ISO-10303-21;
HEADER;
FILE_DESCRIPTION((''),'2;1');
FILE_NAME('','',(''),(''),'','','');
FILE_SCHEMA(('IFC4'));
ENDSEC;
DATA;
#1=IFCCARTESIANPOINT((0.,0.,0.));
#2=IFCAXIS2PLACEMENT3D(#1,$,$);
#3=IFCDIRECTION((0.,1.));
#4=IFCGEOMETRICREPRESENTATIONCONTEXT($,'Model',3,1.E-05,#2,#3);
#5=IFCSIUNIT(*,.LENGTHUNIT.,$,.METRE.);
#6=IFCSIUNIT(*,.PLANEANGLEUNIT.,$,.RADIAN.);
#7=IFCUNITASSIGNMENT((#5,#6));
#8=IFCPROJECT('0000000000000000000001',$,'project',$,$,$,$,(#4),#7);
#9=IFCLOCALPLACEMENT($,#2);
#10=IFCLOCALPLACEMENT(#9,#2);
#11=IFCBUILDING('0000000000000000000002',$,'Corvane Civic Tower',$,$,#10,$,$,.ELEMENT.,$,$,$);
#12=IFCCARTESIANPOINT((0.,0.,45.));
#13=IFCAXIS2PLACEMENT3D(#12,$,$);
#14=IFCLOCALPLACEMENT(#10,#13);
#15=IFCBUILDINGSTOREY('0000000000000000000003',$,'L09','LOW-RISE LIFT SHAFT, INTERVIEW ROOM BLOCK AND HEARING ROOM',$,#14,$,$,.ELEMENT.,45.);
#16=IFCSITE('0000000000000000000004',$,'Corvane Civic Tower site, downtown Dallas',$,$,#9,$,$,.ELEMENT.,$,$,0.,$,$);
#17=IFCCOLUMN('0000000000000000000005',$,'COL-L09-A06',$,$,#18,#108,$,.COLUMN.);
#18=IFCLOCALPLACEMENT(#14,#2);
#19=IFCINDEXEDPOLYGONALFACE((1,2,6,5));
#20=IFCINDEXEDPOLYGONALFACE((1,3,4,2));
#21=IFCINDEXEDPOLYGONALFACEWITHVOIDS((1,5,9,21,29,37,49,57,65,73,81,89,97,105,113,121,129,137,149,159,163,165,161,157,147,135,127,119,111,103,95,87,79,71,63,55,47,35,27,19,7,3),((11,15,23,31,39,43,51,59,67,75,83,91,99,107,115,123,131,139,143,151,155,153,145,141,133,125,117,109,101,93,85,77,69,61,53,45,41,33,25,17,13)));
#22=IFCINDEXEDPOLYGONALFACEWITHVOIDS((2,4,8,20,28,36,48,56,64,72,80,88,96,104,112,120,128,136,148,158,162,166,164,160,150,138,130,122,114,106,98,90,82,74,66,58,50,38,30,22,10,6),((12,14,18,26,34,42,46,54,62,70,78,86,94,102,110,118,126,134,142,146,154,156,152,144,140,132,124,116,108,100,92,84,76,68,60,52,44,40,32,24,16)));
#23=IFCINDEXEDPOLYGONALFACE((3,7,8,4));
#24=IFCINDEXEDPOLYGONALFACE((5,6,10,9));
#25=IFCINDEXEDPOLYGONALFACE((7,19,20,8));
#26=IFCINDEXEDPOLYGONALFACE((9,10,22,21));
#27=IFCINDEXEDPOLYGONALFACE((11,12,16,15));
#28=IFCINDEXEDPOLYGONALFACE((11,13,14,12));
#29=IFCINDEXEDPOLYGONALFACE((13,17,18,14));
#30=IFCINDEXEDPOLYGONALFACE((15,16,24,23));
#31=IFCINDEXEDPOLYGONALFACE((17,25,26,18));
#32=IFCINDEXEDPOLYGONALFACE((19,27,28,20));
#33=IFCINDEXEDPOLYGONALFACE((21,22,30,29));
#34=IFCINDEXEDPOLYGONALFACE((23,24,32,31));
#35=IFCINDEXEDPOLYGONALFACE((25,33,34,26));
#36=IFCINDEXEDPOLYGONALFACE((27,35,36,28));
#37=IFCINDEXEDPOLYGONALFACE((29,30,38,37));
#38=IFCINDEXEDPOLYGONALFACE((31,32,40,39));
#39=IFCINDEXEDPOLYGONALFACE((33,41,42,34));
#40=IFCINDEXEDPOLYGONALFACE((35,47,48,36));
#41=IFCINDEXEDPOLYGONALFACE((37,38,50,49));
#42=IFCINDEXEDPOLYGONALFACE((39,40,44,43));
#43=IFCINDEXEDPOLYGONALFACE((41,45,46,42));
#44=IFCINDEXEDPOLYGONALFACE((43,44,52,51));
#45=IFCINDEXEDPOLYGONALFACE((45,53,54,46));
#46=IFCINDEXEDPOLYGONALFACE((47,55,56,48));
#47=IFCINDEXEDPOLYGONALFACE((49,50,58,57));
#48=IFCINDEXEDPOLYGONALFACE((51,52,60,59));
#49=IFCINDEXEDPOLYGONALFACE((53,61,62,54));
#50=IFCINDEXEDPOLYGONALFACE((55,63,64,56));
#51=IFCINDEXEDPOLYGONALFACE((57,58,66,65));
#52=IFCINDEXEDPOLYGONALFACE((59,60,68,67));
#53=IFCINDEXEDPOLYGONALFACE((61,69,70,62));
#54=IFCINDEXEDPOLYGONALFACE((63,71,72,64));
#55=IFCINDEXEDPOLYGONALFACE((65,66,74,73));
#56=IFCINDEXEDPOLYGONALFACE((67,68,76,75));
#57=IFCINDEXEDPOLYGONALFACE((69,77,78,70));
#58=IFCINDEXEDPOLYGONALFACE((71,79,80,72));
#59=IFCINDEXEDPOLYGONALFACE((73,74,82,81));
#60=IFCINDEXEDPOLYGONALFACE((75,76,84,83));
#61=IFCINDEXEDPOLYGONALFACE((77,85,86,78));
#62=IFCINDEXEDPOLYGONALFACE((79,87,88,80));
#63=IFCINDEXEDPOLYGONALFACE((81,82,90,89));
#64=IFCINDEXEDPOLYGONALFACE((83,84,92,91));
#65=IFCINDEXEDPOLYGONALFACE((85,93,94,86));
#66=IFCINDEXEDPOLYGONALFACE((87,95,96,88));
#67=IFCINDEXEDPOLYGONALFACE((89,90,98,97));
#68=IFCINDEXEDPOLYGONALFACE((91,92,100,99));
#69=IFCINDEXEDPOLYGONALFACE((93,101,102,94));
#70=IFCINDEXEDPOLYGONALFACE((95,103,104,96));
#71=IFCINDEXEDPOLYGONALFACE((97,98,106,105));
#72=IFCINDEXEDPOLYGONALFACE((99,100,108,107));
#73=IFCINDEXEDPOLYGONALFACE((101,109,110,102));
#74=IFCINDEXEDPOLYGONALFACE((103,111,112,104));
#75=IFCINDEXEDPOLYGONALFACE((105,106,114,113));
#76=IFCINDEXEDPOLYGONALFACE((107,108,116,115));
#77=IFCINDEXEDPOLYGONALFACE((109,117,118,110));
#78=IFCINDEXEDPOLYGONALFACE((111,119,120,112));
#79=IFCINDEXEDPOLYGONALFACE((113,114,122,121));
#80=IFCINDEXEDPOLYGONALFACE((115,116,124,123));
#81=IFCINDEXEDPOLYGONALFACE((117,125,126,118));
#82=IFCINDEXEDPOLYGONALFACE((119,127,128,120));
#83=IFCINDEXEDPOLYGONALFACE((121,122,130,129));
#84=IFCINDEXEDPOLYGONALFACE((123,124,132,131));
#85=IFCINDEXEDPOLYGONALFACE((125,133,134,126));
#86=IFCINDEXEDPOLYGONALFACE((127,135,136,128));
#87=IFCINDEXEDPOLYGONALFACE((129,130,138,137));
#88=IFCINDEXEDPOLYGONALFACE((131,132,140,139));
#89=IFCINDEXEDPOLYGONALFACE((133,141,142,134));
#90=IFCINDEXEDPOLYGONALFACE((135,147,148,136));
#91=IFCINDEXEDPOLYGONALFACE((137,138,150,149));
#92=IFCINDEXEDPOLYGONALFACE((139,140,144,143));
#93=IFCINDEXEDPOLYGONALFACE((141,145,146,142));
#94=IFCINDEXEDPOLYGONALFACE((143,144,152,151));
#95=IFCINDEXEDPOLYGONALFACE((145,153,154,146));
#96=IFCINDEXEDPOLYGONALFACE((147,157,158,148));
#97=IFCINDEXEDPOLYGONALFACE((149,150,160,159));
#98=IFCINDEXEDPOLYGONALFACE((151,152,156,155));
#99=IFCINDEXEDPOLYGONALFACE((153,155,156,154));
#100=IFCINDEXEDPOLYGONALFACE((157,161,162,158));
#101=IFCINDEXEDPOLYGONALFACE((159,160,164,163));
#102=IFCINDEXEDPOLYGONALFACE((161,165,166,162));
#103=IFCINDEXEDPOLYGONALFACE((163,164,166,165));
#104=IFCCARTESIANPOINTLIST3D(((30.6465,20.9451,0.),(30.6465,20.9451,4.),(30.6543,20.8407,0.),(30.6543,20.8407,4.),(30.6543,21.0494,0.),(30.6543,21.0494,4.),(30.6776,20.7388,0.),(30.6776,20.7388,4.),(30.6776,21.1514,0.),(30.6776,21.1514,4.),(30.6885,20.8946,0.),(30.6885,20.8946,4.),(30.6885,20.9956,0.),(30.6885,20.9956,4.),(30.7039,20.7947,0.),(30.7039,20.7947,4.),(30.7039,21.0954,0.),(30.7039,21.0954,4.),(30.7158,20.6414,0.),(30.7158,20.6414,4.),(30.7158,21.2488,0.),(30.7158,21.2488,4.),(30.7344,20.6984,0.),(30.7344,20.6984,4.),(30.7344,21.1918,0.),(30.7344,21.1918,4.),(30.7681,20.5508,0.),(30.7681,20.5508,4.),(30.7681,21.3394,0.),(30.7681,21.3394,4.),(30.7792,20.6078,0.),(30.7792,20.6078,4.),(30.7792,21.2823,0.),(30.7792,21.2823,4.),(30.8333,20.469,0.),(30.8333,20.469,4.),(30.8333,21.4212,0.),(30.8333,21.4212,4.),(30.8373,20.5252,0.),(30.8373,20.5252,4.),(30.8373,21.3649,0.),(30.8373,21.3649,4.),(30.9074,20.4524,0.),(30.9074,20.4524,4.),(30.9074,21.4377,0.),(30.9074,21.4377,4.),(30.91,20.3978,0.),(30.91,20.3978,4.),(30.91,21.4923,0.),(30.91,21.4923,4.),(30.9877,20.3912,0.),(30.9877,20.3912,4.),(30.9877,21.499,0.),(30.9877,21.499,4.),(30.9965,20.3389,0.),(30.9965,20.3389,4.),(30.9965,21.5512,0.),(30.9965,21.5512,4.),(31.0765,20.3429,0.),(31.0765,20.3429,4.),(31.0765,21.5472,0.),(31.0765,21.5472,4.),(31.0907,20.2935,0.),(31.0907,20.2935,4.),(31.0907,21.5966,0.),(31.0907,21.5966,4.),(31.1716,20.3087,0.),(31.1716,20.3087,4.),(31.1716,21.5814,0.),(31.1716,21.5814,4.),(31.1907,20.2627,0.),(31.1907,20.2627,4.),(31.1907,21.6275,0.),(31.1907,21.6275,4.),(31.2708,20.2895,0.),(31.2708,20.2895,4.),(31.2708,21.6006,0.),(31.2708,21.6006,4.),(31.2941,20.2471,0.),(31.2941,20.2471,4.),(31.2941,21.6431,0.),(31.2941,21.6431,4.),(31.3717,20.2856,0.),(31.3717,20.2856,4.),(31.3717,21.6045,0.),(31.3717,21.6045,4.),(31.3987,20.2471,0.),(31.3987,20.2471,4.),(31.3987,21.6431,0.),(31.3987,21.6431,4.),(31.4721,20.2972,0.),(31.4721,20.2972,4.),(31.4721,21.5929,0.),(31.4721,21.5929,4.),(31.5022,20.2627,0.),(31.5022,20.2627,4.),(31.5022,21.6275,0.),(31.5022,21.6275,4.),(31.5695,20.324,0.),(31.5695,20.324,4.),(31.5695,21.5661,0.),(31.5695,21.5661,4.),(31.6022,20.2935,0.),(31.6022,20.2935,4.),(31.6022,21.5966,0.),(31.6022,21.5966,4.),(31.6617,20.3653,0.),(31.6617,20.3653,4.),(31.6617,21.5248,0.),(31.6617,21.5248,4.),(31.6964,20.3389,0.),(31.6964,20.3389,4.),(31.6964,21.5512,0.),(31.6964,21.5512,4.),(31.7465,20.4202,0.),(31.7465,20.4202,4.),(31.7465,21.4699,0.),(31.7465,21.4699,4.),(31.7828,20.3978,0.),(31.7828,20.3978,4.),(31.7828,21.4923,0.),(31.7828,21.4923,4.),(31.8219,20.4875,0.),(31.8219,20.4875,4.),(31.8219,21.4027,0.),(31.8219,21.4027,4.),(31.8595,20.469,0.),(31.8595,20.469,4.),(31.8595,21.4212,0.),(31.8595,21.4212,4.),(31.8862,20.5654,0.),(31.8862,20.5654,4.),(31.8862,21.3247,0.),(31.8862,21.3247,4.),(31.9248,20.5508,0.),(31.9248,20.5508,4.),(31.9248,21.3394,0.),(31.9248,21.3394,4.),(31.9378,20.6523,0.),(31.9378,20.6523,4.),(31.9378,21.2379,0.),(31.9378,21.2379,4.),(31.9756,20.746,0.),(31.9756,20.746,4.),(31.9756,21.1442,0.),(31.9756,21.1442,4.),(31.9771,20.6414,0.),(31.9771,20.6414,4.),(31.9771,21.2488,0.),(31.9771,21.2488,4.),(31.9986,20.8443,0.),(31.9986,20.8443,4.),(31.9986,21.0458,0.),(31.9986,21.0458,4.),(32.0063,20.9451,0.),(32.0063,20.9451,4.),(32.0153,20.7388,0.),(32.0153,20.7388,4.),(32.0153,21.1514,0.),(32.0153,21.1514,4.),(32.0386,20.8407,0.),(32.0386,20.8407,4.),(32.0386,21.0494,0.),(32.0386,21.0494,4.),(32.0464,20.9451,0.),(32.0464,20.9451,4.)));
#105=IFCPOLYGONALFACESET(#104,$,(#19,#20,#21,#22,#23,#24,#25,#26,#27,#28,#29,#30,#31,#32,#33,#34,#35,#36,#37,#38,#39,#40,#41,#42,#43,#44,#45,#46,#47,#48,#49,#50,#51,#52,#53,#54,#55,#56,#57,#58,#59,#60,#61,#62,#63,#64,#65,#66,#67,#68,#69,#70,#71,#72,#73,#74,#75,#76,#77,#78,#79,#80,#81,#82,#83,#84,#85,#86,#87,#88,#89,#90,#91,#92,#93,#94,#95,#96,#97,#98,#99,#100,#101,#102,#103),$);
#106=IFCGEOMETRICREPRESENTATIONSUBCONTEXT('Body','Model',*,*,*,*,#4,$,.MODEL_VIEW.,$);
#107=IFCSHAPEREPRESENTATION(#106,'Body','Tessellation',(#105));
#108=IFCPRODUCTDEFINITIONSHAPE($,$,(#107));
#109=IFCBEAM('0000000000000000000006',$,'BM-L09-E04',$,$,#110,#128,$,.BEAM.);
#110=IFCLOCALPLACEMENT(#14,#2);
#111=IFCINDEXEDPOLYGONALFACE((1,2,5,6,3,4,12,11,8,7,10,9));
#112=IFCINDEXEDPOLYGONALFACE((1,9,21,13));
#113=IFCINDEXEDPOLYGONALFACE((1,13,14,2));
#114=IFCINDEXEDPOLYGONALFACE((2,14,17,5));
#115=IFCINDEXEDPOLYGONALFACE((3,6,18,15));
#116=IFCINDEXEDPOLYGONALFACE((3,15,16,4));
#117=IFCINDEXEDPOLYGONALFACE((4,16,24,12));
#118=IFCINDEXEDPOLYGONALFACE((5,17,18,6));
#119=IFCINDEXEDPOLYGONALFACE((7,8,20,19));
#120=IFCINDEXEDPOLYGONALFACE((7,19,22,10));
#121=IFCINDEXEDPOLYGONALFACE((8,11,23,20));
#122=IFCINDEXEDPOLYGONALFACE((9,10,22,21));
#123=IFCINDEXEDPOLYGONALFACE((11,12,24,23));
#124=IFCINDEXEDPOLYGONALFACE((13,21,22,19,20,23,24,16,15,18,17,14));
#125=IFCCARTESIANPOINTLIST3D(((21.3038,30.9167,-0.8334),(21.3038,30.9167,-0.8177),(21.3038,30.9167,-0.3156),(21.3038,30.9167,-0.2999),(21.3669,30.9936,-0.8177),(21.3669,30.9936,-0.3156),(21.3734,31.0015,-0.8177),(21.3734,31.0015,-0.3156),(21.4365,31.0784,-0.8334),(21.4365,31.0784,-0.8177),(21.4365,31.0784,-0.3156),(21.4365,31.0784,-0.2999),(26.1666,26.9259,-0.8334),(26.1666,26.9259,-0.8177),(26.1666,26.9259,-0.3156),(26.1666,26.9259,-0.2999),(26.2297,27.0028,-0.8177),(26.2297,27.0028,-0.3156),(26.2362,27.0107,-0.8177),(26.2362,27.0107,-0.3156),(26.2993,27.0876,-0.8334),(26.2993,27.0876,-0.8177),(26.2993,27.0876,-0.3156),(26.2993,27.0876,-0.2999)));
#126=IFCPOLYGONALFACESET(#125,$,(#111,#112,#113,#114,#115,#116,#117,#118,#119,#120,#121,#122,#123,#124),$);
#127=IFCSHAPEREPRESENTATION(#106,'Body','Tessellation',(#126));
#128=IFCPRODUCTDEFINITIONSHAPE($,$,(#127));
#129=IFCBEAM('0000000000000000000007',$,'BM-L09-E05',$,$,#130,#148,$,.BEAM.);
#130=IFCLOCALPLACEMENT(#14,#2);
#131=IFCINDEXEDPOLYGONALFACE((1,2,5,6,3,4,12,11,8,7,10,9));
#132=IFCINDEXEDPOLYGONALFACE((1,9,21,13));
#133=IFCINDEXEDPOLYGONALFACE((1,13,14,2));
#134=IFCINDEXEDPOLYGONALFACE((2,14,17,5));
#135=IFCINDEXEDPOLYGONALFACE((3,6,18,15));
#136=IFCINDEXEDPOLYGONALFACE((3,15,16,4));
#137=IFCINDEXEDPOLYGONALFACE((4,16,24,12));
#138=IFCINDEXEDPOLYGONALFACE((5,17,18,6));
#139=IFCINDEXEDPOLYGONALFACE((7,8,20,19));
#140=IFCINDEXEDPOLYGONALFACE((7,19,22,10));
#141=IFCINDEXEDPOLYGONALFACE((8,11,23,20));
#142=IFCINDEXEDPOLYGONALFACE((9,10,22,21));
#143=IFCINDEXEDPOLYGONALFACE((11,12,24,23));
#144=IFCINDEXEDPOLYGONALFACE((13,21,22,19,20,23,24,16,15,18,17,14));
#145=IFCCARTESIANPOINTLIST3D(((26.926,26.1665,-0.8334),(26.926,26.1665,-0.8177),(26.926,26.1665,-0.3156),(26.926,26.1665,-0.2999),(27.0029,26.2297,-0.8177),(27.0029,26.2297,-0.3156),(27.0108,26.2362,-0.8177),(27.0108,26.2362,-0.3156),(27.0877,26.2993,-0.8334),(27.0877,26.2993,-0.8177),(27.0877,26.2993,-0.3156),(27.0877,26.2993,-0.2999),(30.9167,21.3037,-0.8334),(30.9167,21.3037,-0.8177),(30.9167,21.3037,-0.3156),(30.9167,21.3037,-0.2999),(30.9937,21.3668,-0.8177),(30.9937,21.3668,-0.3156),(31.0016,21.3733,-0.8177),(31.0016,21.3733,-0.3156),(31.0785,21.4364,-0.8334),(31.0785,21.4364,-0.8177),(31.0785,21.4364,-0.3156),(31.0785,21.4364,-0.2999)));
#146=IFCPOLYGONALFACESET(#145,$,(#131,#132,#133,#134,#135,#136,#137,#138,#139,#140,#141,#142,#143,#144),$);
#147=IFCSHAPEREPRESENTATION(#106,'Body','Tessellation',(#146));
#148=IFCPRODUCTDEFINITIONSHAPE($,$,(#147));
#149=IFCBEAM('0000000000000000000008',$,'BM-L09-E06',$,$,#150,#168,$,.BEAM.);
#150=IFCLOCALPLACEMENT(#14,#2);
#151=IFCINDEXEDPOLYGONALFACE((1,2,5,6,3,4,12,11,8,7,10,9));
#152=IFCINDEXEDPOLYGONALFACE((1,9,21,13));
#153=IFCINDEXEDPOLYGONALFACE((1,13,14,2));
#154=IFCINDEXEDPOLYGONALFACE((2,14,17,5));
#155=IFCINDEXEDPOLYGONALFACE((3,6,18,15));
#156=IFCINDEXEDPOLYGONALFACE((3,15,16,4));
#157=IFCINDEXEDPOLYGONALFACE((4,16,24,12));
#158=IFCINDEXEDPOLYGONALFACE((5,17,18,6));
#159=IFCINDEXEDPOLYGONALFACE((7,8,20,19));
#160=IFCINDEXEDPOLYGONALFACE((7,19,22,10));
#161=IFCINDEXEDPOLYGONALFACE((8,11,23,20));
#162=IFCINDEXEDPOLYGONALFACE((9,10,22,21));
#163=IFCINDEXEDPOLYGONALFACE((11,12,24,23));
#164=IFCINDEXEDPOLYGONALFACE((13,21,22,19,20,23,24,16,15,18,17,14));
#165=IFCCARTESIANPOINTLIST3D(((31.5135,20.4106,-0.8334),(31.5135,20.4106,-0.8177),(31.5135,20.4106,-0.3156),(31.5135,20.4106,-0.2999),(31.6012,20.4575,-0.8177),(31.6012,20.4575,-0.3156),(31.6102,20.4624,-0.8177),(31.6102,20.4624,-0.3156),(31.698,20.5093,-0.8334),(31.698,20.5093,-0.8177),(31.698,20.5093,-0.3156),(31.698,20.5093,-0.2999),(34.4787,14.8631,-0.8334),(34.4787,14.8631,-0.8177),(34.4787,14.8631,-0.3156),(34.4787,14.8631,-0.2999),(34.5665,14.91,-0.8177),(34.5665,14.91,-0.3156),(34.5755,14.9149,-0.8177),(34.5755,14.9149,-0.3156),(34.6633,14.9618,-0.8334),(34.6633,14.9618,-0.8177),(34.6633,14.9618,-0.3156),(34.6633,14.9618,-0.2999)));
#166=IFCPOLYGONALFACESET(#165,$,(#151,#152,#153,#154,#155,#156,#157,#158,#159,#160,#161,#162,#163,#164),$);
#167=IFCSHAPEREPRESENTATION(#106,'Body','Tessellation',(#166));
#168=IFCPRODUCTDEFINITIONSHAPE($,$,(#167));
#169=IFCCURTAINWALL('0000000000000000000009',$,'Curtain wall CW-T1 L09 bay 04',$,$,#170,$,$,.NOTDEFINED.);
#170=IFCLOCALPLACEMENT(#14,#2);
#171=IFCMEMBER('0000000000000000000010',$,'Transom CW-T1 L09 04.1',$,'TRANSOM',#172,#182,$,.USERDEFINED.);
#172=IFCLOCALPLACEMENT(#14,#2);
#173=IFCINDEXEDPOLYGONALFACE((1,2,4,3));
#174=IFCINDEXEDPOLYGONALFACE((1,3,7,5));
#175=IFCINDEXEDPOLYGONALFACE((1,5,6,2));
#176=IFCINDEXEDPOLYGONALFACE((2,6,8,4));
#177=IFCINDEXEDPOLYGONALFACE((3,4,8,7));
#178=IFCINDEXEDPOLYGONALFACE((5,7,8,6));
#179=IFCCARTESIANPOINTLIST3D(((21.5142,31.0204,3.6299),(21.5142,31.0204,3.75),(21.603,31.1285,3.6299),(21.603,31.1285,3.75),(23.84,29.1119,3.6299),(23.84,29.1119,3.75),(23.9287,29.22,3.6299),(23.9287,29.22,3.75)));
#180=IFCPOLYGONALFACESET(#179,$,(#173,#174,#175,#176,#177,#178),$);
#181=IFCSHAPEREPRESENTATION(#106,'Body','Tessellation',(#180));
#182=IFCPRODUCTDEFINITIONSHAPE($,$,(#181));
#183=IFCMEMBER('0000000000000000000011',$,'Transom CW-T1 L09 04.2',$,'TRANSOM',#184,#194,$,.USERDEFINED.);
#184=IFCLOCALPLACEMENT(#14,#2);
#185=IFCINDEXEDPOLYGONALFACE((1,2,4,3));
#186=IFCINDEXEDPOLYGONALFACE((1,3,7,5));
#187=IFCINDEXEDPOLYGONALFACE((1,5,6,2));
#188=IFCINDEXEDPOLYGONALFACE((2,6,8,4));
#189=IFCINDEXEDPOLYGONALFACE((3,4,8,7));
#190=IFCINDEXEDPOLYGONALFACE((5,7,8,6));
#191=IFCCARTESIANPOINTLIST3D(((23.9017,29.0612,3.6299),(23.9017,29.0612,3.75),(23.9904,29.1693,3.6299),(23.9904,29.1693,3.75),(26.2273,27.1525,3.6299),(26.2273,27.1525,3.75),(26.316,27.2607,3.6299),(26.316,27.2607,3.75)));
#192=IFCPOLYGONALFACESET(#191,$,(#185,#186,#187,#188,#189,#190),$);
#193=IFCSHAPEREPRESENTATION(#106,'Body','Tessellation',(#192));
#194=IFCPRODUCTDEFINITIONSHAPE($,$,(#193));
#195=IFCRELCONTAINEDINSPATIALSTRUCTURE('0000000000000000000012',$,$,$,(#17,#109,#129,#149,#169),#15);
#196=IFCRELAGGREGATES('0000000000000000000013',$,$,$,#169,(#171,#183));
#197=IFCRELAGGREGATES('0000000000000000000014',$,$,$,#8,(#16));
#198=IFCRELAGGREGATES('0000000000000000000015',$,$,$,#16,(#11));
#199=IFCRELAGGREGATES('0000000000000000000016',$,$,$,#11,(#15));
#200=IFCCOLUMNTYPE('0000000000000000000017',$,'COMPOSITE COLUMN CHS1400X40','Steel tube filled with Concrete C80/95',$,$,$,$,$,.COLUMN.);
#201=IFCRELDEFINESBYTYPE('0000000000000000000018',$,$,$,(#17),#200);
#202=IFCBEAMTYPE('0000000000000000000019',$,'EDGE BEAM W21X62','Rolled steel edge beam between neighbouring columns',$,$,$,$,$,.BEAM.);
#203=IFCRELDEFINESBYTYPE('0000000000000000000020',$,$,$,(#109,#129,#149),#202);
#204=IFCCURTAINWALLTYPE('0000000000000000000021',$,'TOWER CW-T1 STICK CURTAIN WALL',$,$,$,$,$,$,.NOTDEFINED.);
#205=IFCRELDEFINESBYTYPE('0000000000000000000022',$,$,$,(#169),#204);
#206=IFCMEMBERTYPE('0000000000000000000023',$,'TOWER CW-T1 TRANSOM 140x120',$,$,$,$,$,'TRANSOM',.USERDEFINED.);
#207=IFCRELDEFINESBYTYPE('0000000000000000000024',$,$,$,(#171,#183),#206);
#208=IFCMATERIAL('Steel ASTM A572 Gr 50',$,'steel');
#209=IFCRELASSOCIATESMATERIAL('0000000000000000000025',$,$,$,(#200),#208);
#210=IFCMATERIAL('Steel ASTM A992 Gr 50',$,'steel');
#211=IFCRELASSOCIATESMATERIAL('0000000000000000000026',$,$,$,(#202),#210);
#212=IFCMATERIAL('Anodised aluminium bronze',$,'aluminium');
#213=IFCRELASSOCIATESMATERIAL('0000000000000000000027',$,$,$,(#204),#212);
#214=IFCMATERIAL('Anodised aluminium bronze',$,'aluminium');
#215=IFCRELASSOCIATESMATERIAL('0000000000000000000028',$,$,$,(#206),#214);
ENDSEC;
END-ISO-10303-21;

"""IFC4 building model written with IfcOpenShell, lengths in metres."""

from ifc_helpers import new_model, si_unit, direction, frame, origin, origin_2d, place, context, subcontext, project, spatial, rectangle, hollow_circle, i_section, extrude, material, material_profile, profile_set, type_object, element, aggregate, save


model = new_model("IFC4")

# Units and contexts
model_context = context("Model", 3, precision=1e-05, world=origin(), true_north=direction((0.0, 1.0)))
body_context = subcontext(model_context, "Body", "Model", "MODEL_VIEW")
ifc_project = project(units=[si_unit("LENGTHUNIT", "METRE"), si_unit("PLANEANGLEUNIT", "RADIAN")], contexts=[model_context])

# Site, building, storey
site_placement = place(None, origin())
site = spatial("IfcSite", under=ifc_project, at=site_placement, Name="Corvane Civic Tower site, downtown Dallas", CompositionType="ELEMENT", RefElevation=0.0)
building_placement = place(site_placement, origin())
building = spatial("IfcBuilding", under=site, at=building_placement, Name="Corvane Civic Tower", CompositionType="ELEMENT")
storey_placement = place(building_placement, frame((0.0, 0.0, 45.0)))
storey = spatial("IfcBuildingStorey", under=building, at=storey_placement, Name="L09", Description="LOW-RISE LIFT SHAFT, INTERVIEW ROOM BLOCK AND HEARING ROOM", CompositionType="ELEMENT", Elevation=45.0)

# Column
ifc_material_1 = material(Name="Steel ASTM A572 Gr 50", Category="steel")
ifc_material_profile_1 = material_profile(ifc_material_1, hollow_circle(Radius=0.7, WallThickness=0.04, at=origin_2d()), Name="CHS1400X40")
ifc_profile_set_1 = profile_set([ifc_material_profile_1], Name="Steel ASTM A572 Gr 50")
column_type = type_object("IfcColumnType", Name="COMPOSITE COLUMN CHS1400X40", Description="Steel tube filled with Concrete C80/95", PredefinedType="COLUMN", material=ifc_profile_set_1)
for number, where, z_axis, x_axis, name in (
    (1, (31.3464, 20.9451, 0.0), (0.0, 0.0, 1.0), (1.0, 0.0, 0.0), "COL-L09-A06"),
):
    element("IfcColumn", number, at=place(storey_placement, frame(where, z_axis=z_axis, x_axis=x_axis)), inside=storey, type_object=column_type, Name=name, PredefinedType="COLUMN", context=body_context, shape_type="SweptSolid", body=[
        extrude(hollow_circle(Radius=0.7, WallThickness=0.04, at=origin_2d()), origin(), (0.0, 0.0, 1.0), 4.0),
    ])

# Beams
ifc_material_2 = material(Name="Steel ASTM A992 Gr 50", Category="steel")
ifc_material_profile_2 = material_profile(ifc_material_2, i_section(OverallWidth=0.2092, OverallDepth=0.5334, WebThickness=0.0103, FlangeThickness=0.0156, at=origin_2d()), Name="W21X62")
ifc_profile_set_2 = profile_set([ifc_material_profile_2], Name="Steel ASTM A992 Gr 50")
beam_type = type_object("IfcBeamType", Name="EDGE BEAM W21X62", Description="Rolled steel edge beam between neighbouring columns", PredefinedType="BEAM", material=ifc_profile_set_2)
for number, where, z_axis, x_axis, name in (
    (2, (21.3701, 30.9976, -0.5667), (0.773016, -0.634387, 0.0), (0.634387, 0.773016, 0.0), "BM-L09-E04"),
    (3, (27.0068, 26.2329, -0.5667), (0.634387, -0.773016, 0.0), (0.773016, 0.634387, 0.0), "BM-L09-E05"),
):
    element("IfcBeam", number, at=place(storey_placement, frame(where, z_axis=z_axis, x_axis=x_axis)), inside=storey, type_object=beam_type, Name=name, PredefinedType="BEAM", context=body_context, shape_type="SweptSolid", body=[
        extrude(i_section(OverallWidth=0.2092, OverallDepth=0.5334, WebThickness=0.0103, FlangeThickness=0.0156, at=origin_2d()), origin(), (0.0, 0.0, 1.0), 6.2908),
    ])
beam_placement = place(storey_placement, frame((31.6057, 20.46, -0.5667), z_axis=(0.471406, -0.881916, 0.0), x_axis=(0.881916, 0.471406, 0.0)))
element("IfcBeam", 4, at=beam_placement, inside=storey, type_object=beam_type, Name="BM-L09-E06", PredefinedType="BEAM", context=body_context, shape_type="SweptSolid", body=[
    extrude(i_section(OverallWidth=0.2092, OverallDepth=0.5334, WebThickness=0.0103, FlangeThickness=0.0156, at=origin_2d()), origin(), (0.0, 0.0, 1.0), 6.2903),
])

# Curtain wall, members
ifc_material_3 = material(Name="Anodised aluminium bronze", Category="aluminium")
curtain_wall_type = type_object("IfcCurtainWallType", Name="TOWER CW-T1 STICK CURTAIN WALL", PredefinedType="NOTDEFINED", material=ifc_material_3)
curtain_wall_1_placement = place(storey_placement, origin())
curtain_wall_1 = element("IfcCurtainWall", 5, at=curtain_wall_1_placement, inside=storey, type_object=curtain_wall_type, Name="Curtain wall CW-T1 L09 bay 04", PredefinedType="NOTDEFINED")
ifc_material_4 = material(Name="Anodised aluminium bronze", Category="aluminium")
ifc_material_profile_3 = material_profile(ifc_material_4, rectangle(XDim=0.1399, YDim=0.1201, at=origin_2d()), Name="TOWER CW-T1 TRANSOM 140x120")
ifc_profile_set_3 = profile_set([ifc_material_profile_3], Name="Anodised aluminium bronze")
member_type_1 = type_object("IfcMemberType", Name="TOWER CW-T1 TRANSOM 140x120", ElementType="TRANSOM", PredefinedType="USERDEFINED", material=ifc_profile_set_3)
member_1_placement = place(storey_placement, frame((21.5586, 31.0745, 3.6899), z_axis=(0.773042, -0.634355, 0.0), x_axis=(0.634355, 0.773042, 0.0)))
member_1 = element("IfcMember", 6, at=member_1_placement, type_object=member_type_1, Name="Transom CW-T1 L09 04.1", ObjectType="TRANSOM", PredefinedType="USERDEFINED", context=body_context, shape_type="SweptSolid", body=[
    extrude(rectangle(XDim=0.1399, YDim=0.1201, at=origin_2d()), origin(), (0.0, 0.0, 1.0), 3.0085),
])
member_2_placement = place(storey_placement, frame((23.946, 29.1152, 3.6899), z_axis=(0.773002, -0.634404, 0.0), x_axis=(0.634404, 0.773002, 0.0)))
member_2 = element("IfcMember", 7, at=member_2_placement, type_object=member_type_1, Name="Transom CW-T1 L09 04.2", ObjectType="TRANSOM", PredefinedType="USERDEFINED", context=body_context, shape_type="SweptSolid", body=[
    extrude(rectangle(XDim=0.1399, YDim=0.1201, at=origin_2d()), origin(), (0.0, 0.0, 1.0), 3.0085),
])

aggregate(curtain_wall_1, [member_1, member_2])

save(model, "model.ifc")
